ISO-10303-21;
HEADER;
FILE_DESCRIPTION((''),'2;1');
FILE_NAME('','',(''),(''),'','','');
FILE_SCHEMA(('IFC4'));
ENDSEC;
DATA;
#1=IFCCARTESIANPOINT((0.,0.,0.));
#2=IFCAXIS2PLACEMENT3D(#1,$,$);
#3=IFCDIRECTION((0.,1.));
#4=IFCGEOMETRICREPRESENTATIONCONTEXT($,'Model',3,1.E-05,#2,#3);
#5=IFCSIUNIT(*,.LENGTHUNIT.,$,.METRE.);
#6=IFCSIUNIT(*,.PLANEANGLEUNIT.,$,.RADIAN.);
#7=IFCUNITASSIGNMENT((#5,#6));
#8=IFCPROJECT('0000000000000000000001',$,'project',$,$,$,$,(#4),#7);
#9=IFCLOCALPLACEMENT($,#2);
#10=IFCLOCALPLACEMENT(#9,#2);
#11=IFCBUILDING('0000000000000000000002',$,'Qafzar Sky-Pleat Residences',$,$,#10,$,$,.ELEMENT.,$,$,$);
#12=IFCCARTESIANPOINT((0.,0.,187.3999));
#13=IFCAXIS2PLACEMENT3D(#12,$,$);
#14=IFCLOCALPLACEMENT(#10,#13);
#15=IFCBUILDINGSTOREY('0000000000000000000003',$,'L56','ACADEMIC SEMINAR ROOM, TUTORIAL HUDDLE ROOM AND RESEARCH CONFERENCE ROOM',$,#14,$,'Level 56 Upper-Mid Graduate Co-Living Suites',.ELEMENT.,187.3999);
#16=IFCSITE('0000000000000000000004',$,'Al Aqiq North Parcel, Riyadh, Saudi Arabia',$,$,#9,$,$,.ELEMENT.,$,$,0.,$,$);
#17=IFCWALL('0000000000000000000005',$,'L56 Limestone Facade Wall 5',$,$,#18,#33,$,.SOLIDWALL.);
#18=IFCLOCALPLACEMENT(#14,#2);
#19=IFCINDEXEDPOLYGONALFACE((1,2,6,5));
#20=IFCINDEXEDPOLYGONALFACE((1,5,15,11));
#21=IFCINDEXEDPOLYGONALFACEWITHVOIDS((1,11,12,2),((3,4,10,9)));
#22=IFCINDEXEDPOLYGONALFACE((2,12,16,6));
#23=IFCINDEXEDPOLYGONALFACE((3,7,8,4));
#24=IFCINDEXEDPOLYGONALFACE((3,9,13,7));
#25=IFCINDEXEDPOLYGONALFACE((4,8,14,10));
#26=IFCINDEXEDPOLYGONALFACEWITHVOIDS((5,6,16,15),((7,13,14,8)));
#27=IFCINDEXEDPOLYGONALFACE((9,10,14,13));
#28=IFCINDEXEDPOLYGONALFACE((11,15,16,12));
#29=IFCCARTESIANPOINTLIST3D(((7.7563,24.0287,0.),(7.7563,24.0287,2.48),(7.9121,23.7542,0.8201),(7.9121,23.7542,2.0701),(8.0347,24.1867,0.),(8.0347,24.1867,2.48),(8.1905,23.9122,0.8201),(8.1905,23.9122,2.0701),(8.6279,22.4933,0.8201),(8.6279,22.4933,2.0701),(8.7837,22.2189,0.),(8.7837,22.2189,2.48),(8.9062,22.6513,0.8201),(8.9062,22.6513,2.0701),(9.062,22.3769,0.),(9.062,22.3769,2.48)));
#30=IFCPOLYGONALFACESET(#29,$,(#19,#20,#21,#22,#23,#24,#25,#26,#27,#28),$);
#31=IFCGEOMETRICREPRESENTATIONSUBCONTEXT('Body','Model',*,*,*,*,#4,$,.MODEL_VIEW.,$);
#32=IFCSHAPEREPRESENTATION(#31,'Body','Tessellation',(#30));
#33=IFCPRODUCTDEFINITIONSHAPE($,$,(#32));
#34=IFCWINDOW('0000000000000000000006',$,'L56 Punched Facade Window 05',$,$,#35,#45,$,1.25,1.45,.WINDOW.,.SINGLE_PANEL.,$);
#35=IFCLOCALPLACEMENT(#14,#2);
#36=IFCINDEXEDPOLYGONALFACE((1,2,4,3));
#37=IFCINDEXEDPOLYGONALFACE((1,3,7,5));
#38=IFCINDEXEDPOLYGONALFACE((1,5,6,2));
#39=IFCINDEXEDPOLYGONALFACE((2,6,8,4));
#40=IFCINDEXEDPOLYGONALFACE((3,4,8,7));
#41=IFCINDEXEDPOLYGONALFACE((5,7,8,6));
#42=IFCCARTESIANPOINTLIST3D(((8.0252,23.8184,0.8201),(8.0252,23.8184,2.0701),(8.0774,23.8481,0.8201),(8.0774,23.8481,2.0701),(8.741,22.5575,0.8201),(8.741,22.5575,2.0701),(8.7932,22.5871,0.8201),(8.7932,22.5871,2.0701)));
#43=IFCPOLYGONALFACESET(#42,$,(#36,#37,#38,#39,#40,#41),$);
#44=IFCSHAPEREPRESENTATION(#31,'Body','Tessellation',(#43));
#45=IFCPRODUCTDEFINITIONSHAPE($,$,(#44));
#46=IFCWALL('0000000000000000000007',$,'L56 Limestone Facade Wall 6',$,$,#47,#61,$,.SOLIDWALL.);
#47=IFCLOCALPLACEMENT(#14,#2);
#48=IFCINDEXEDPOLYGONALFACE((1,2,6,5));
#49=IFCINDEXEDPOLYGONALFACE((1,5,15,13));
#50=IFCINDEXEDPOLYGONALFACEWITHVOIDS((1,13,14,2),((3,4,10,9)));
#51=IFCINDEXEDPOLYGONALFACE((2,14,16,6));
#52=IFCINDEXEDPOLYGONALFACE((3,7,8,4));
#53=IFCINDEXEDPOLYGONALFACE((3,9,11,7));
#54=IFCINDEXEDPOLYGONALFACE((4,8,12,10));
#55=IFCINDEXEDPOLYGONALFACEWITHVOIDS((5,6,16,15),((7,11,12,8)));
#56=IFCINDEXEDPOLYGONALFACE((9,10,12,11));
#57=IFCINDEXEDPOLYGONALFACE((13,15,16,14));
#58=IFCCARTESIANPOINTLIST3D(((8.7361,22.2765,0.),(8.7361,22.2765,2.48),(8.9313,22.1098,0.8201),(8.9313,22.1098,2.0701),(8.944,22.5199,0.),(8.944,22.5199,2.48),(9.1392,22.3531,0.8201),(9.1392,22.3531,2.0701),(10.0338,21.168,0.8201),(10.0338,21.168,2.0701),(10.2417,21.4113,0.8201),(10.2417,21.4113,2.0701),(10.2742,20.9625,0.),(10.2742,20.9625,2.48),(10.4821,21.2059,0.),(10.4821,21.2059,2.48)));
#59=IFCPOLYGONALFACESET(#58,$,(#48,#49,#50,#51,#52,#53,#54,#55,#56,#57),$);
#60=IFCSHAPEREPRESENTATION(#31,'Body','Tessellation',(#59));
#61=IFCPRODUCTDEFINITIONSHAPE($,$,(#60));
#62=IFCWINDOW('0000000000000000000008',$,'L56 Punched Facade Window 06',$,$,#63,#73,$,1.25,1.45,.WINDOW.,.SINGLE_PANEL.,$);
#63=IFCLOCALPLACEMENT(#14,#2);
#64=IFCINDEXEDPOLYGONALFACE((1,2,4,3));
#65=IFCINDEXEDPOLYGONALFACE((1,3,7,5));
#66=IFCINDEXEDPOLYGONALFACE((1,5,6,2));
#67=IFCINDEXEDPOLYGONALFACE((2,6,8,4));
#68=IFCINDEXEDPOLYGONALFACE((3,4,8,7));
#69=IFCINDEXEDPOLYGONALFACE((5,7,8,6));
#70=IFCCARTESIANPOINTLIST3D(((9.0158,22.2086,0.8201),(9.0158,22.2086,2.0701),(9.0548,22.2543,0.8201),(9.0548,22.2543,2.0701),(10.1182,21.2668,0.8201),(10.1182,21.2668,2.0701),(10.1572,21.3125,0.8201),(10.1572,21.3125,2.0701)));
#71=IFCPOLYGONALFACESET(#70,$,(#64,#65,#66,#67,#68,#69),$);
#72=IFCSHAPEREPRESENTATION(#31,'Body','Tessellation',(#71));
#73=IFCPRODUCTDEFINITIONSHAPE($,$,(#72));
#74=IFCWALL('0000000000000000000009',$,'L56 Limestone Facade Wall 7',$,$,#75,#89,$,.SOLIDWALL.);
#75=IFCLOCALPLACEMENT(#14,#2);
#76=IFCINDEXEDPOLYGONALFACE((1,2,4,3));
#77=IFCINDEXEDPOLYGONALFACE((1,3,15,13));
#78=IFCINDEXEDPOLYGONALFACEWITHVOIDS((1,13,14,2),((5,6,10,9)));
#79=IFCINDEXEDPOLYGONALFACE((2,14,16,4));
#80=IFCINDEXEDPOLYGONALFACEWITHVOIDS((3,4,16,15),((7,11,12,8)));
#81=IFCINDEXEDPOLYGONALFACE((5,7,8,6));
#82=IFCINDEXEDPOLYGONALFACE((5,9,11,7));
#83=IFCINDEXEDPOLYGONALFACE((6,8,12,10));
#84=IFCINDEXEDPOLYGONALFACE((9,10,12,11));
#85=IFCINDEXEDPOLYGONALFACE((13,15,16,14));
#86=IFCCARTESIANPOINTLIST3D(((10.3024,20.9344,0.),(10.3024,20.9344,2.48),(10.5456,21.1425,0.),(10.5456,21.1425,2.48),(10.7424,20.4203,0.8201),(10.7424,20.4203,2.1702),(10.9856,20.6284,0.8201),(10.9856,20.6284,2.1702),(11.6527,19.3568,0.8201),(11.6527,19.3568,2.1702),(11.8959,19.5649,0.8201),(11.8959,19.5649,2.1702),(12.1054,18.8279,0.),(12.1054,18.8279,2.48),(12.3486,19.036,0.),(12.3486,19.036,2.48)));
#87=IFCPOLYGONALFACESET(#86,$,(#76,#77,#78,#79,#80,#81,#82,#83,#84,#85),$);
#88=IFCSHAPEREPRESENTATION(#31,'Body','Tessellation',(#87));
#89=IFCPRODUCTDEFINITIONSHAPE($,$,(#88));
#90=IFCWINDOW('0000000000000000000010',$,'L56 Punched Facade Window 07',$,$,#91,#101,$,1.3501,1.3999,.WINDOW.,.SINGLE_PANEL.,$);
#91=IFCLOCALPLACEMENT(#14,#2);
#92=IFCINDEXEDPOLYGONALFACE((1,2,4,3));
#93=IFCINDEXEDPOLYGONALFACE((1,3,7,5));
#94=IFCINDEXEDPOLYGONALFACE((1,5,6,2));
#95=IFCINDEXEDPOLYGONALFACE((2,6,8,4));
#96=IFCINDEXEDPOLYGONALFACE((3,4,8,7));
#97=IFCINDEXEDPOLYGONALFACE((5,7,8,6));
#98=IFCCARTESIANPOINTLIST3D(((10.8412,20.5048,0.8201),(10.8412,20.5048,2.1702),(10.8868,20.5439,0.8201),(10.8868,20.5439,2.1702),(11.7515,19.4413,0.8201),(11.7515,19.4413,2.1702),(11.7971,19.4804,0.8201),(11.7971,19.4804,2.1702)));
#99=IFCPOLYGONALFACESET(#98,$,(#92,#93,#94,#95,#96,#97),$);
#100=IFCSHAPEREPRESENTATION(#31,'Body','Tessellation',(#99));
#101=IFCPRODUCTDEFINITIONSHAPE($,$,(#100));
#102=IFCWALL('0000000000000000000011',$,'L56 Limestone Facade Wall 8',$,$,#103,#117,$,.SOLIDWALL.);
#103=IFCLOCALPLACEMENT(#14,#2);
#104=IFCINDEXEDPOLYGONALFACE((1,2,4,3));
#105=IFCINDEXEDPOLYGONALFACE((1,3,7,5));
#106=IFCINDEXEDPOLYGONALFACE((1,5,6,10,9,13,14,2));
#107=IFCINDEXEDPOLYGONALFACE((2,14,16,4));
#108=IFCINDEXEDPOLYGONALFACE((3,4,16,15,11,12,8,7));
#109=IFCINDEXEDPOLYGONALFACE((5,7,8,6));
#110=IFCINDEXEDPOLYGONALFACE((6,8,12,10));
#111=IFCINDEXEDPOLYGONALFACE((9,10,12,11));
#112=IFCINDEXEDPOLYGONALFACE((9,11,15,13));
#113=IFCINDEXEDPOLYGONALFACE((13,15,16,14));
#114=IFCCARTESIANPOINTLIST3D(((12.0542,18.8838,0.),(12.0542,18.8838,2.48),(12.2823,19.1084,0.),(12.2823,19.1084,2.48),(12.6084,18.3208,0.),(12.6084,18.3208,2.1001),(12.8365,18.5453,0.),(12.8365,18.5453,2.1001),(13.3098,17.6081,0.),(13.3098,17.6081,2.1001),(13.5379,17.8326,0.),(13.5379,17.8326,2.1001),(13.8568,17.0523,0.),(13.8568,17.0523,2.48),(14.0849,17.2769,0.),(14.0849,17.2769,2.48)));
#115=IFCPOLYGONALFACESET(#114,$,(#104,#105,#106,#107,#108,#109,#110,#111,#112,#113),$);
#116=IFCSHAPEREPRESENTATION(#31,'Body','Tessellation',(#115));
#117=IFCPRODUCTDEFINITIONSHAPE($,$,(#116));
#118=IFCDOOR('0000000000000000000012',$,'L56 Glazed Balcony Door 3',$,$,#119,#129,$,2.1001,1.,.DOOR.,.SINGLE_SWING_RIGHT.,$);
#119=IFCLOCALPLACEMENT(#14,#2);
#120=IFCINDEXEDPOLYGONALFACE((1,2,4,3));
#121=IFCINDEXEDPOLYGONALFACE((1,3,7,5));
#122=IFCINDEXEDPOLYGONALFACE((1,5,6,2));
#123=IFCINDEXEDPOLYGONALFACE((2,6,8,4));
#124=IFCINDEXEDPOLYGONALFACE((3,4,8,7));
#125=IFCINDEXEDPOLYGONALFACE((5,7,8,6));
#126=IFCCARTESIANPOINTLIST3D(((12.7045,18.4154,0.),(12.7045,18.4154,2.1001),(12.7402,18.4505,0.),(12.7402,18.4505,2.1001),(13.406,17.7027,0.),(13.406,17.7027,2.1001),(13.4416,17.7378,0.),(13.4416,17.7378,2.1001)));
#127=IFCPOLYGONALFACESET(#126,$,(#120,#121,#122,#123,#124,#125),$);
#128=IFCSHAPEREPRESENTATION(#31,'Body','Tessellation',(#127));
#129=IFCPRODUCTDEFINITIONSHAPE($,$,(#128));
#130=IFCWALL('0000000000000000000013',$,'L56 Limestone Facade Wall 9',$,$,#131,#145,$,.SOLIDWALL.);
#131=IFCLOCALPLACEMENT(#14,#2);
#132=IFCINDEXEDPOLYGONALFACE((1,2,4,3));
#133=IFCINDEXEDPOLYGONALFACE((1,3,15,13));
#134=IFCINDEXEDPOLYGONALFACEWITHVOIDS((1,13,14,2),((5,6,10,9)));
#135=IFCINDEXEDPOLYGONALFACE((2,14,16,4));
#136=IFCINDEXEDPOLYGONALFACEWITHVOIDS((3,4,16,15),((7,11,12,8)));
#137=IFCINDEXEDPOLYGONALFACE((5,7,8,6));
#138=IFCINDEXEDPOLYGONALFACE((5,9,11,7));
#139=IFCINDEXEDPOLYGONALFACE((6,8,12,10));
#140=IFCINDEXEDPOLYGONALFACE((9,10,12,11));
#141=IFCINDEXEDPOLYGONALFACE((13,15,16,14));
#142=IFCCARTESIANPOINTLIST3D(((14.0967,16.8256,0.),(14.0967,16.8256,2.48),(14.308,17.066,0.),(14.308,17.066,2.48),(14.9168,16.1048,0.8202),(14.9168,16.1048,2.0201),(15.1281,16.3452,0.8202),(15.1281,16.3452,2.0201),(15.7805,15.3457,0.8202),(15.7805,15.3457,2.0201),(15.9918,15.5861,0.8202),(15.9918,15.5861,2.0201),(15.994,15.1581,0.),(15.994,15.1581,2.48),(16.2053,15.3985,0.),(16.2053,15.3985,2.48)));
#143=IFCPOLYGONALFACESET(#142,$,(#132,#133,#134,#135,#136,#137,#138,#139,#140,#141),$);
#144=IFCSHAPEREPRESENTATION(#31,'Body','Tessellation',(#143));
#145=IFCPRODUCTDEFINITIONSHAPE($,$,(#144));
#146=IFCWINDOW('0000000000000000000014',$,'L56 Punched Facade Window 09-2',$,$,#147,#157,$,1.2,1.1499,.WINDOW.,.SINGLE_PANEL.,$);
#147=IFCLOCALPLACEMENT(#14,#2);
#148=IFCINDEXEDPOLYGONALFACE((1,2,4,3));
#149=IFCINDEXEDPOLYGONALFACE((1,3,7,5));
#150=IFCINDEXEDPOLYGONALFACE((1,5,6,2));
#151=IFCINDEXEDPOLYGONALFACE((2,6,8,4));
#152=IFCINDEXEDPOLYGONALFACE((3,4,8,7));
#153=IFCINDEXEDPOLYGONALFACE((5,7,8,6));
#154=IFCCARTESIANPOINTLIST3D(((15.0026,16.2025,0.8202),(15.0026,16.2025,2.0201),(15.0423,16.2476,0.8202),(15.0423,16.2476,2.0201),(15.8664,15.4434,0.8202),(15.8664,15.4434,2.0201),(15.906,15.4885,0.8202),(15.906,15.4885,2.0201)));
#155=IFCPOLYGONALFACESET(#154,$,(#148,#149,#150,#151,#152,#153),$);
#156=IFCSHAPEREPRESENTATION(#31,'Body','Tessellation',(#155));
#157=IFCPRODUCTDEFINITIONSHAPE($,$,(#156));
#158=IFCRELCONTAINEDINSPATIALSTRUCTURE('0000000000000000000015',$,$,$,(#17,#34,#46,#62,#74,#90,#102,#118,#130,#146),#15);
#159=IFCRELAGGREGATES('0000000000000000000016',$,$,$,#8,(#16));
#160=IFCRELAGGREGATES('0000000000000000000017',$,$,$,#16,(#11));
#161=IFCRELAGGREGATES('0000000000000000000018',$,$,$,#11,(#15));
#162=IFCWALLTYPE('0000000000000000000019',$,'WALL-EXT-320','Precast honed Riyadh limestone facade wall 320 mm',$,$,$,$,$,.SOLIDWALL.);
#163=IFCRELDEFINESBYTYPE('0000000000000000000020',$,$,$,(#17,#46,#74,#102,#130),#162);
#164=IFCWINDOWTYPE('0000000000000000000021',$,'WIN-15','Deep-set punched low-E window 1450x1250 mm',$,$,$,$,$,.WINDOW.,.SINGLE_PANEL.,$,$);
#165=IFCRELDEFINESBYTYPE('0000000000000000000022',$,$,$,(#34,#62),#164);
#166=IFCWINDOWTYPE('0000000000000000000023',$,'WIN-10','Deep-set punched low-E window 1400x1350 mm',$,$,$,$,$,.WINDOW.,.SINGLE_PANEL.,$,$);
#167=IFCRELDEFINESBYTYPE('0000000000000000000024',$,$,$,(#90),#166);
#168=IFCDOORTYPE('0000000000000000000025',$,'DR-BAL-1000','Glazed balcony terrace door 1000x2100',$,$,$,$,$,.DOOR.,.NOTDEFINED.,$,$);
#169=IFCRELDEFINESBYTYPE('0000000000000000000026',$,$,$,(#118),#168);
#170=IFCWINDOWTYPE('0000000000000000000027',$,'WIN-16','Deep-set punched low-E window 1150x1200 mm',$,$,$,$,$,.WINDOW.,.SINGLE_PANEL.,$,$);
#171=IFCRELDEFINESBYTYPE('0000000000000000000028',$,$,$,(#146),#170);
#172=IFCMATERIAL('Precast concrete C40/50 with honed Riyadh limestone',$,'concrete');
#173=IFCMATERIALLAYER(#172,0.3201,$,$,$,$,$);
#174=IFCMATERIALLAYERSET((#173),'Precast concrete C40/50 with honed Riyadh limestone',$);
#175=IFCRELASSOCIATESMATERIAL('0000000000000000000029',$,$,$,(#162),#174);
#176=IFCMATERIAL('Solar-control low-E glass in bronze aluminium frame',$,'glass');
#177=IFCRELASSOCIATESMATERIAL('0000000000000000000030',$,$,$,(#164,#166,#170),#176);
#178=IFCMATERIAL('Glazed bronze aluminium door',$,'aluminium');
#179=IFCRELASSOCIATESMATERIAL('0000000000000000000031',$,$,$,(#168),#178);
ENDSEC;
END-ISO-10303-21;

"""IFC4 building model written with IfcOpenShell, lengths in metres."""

from ifc_helpers import new_model, si_unit, direction, frame, frame_2d, origin, place, context, subcontext, project, spatial, rectangle, extrude, source, transform, mapped, material, layer, layer_set, type_object, element, fill, save


model = new_model("IFC4")

# Units and contexts
model_context = context("Model", 3, precision=1e-05, world=origin(), true_north=direction((0.0, 1.0)))
body_context = subcontext(model_context, "Body", "Model", "MODEL_VIEW")
ifc_project = project(units=[si_unit("LENGTHUNIT", "METRE"), si_unit("PLANEANGLEUNIT", "RADIAN")], contexts=[model_context])

# Site, building, storey
site_placement = place(None, origin())
site = spatial("IfcSite", under=ifc_project, at=site_placement, Name="Al Aqiq North Parcel, Riyadh, Saudi Arabia", CompositionType="ELEMENT", RefElevation=0.0)
building_placement = place(site_placement, origin())
building = spatial("IfcBuilding", under=site, at=building_placement, Name="Qafzar Sky-Pleat Residences", CompositionType="ELEMENT")
storey_placement = place(building_placement, frame((0.0, 0.0, 187.3999)))
storey = spatial("IfcBuildingStorey", under=building, at=storey_placement, Name="L56", Description="ACADEMIC SEMINAR ROOM, TUTORIAL HUDDLE ROOM AND RESEARCH CONFERENCE ROOM", LongName="Level 56 Upper-Mid Graduate Co-Living Suites", CompositionType="ELEMENT", Elevation=187.3999)

# Walls, openings, windows
ifc_material_1 = material(Name="Precast concrete C40/50 with honed Riyadh limestone", Category="concrete")
ifc_layer_1 = layer(ifc_material_1, 0.3201)
ifc_layer_set_1 = layer_set([ifc_layer_1], Name="Precast concrete C40/50 with honed Riyadh limestone")
wall_type_1 = type_object("IfcWallType", Name="WALL-EXT-320", Description="Precast honed Riyadh limestone facade wall 320 mm", PredefinedType="SOLIDWALL", material=ifc_layer_set_1)
ifc_material_2 = material(Name="Solar-control low-E glass in bronze aluminium frame", Category="glass")
wall_1_placement = place(storey_placement, frame((7.8955, 24.1077, 0.0), z_axis=(0.0, 0.0, 1.0), x_axis=(0.493661, -0.869655, 0.0)))
wall_1 = element("IfcWall", 1, at=wall_1_placement, inside=storey, type_object=wall_type_1, Name="L56 Limestone Facade Wall 5", PredefinedType="SOLIDWALL", context=body_context, shape_type="SweptSolid", body=[
    extrude(rectangle(XDim=2.0811, YDim=0.3201, at=frame_2d((1.0405, 0.0))), origin(), (0.0, 0.0, 1.0), 2.48),
])
opening_1_placement = place(wall_1_placement, frame((0.3154, 0.0, 0.8201)))
opening_1 = element("IfcOpeningElement", 2, at=opening_1_placement, cuts=wall_1, PredefinedType="OPENING", context=body_context, shape_type="SweptSolid", body=[
    extrude(rectangle(XDim=1.45, YDim=1.25, at=frame_2d((0.7251, 0.625))), frame((0.0, 0.1699, 0.0), z_axis=(0.0, -1.0, 0.0), x_axis=(1.0, 0.0, 0.0)), (0.0, 0.0, 1.0), 0.3401),
])
window_type_1 = type_object("IfcWindowType", Name="WIN-15", Description="Deep-set punched low-E window 1450x1250 mm", PartitioningType="SINGLE_PANEL", PredefinedType="WINDOW", material=ifc_material_2)
shared_shape_1 = source(origin(), body_context, "Body", "SweptSolid", [
    extrude(rectangle(XDim=1.45, YDim=1.25, at=frame_2d((0.7251, 0.625))), frame((0.0, 0.03, 0.0), z_axis=(0.0, -1.0, 0.0), x_axis=(1.0, 0.0, 0.0)), (0.0, 0.0, 1.0), 0.0601),
])
window_1_placement = place(opening_1_placement, origin())
window_1 = element("IfcWindow", 3, at=window_1_placement, inside=storey, type_object=window_type_1, Name="L56 Punched Facade Window 05", OverallHeight=1.25, OverallWidth=1.45, PartitioningType="SINGLE_PANEL", PredefinedType="WINDOW", context=body_context, shape_type="MappedRepresentation", body=[
    mapped(shared_shape_1, transform((0.0, 0.0, 0.0), x_axis=(1.0, 0.0, 0.0), y_axis=(0.0, 1.0, 0.0), z_axis=(0.0, 0.0, 1.0), scale=1.0)),
])
fill(opening_1, window_1)
wall_2_placement = place(storey_placement, frame((8.8401, 22.3982, 0.0), z_axis=(0.0, 0.0, 1.0), x_axis=(0.760329, -0.649538, 0.0)))
wall_2 = element("IfcWall", 4, at=wall_2_placement, inside=storey, type_object=wall_type_1, Name="L56 Limestone Facade Wall 6", PredefinedType="SOLIDWALL", context=body_context, shape_type="SweptSolid", body=[
    extrude(rectangle(XDim=2.0229, YDim=0.3201, at=frame_2d((1.0115, 0.0))), origin(), (0.0, 0.0, 1.0), 2.48),
])
opening_2_placement = place(wall_2_placement, frame((0.2566, 0.0, 0.8201)))
opening_2 = element("IfcOpeningElement", 5, at=opening_2_placement, cuts=wall_2, PredefinedType="OPENING", context=body_context, shape_type="SweptSolid", body=[
    extrude(rectangle(XDim=1.45, YDim=1.25, at=frame_2d((0.7251, 0.625))), frame((0.0, 0.1699, 0.0), z_axis=(0.0, -1.0, 0.0), x_axis=(1.0, 0.0, 0.0)), (0.0, 0.0, 1.0), 0.3401),
])
window_2_placement = place(opening_2_placement, origin())
window_2 = element("IfcWindow", 6, at=window_2_placement, inside=storey, type_object=window_type_1, Name="L56 Punched Facade Window 06", OverallHeight=1.25, OverallWidth=1.45, PartitioningType="SINGLE_PANEL", PredefinedType="WINDOW", context=body_context, shape_type="MappedRepresentation", body=[
    mapped(shared_shape_1, transform((0.0, 0.0, 0.0), x_axis=(1.0, 0.0, 0.0), y_axis=(0.0, 1.0, 0.0), z_axis=(0.0, 0.0, 1.0), scale=1.0)),
])
fill(opening_2, window_2)
wall_3_placement = place(storey_placement, frame((10.4241, 21.0383, 0.0), z_axis=(0.0, 0.0, 1.0), x_axis=(0.650262, -0.75971, 0.0)))
wall_3 = element("IfcWall", 7, at=wall_3_placement, inside=storey, type_object=wall_type_1, Name="L56 Limestone Facade Wall 7", PredefinedType="SOLIDWALL", context=body_context, shape_type="SweptSolid", body=[
    extrude(rectangle(XDim=2.7727, YDim=0.3201, at=frame_2d((1.3862, 0.0))), origin(), (0.0, 0.0, 1.0), 2.48),
])
opening_3_placement = place(wall_3_placement, frame((0.6765, 0.0, 0.8201)))
opening_3 = element("IfcOpeningElement", 8, at=opening_3_placement, cuts=wall_3, PredefinedType="OPENING", context=body_context, shape_type="SweptSolid", body=[
    extrude(rectangle(XDim=1.3999, YDim=1.3501, at=frame_2d((0.7, 0.675))), frame((0.0, 0.1699, 0.0), z_axis=(0.0, -1.0, 0.0), x_axis=(1.0, 0.0, 0.0)), (0.0, 0.0, 1.0), 0.3401),
])
window_type_2 = type_object("IfcWindowType", Name="WIN-10", Description="Deep-set punched low-E window 1400x1350 mm", PartitioningType="SINGLE_PANEL", PredefinedType="WINDOW", material=ifc_material_2)
shared_shape_2 = source(origin(), body_context, "Body", "SweptSolid", [
    extrude(rectangle(XDim=1.3999, YDim=1.3501, at=frame_2d((0.7, 0.675))), frame((0.0, 0.03, 0.0), z_axis=(0.0, -1.0, 0.0), x_axis=(1.0, 0.0, 0.0)), (0.0, 0.0, 1.0), 0.0601),
])
window_3_placement = place(opening_3_placement, origin())
window_3 = element("IfcWindow", 9, at=window_3_placement, inside=storey, type_object=window_type_2, Name="L56 Punched Facade Window 07", OverallHeight=1.3501, OverallWidth=1.3999, PartitioningType="SINGLE_PANEL", PredefinedType="WINDOW", context=body_context, shape_type="MappedRepresentation", body=[
    mapped(shared_shape_2, transform((0.0, 0.0, 0.0), x_axis=(1.0, 0.0, 0.0), y_axis=(0.0, 1.0, 0.0), z_axis=(0.0, 0.0, 1.0), scale=1.0)),
])
fill(opening_3, window_3)

# Wall, opening, door
wall_4_placement = place(storey_placement, frame((12.1682, 18.9961, 0.0), z_axis=(0.0, 0.0, 1.0), x_axis=(0.70148, -0.71269, 0.0)))
wall_4 = element("IfcWall", 10, at=wall_4_placement, inside=storey, type_object=wall_type_1, Name="L56 Limestone Facade Wall 8", PredefinedType="SOLIDWALL", context=body_context, shape_type="SweptSolid", body=[
    extrude(rectangle(XDim=2.5698, YDim=0.3201, at=frame_2d((1.2849, 0.0))), origin(), (0.0, 0.0, 1.0), 2.48),
])
opening_4_placement = place(wall_4_placement, frame((0.79, 0.0, 0.0)))
opening_4 = element("IfcOpeningElement", 11, at=opening_4_placement, cuts=wall_4, PredefinedType="OPENING", context=body_context, shape_type="SweptSolid", body=[
    extrude(rectangle(XDim=1.0, YDim=2.1001, at=frame_2d((0.5, 1.05))), frame((0.0, 0.1699, 0.0), z_axis=(0.0, -1.0, 0.0), x_axis=(1.0, 0.0, 0.0)), (0.0, 0.0, 1.0), 0.3401),
])
ifc_material_3 = material(Name="Glazed bronze aluminium door", Category="aluminium")
door_type = type_object("IfcDoorType", Name="DR-BAL-1000", Description="Glazed balcony terrace door 1000x2100", OperationType="NOTDEFINED", PredefinedType="DOOR", material=ifc_material_3)
shared_shape_3 = source(origin(), body_context, "Body", "SweptSolid", [
    extrude(rectangle(XDim=1.0, YDim=2.1001, at=frame_2d((0.5, 1.05))), frame((0.0, 0.0249, 0.0), z_axis=(0.0, -1.0, 0.0), x_axis=(1.0, 0.0, 0.0)), (0.0, 0.0, 1.0), 0.05),
])
door_placement = place(opening_4_placement, origin())
door = element("IfcDoor", 12, at=door_placement, inside=storey, type_object=door_type, Name="L56 Glazed Balcony Door 3", OperationType="SINGLE_SWING_RIGHT", OverallHeight=2.1001, OverallWidth=1.0, PredefinedType="DOOR", context=body_context, shape_type="MappedRepresentation", body=[
    mapped(shared_shape_3, transform((0.0, 0.0, 0.0), x_axis=(1.0, 0.0, 0.0), y_axis=(0.0, 1.0, 0.0), z_axis=(0.0, 0.0, 1.0), scale=1.0)),
])
fill(opening_4, door)

# Wall, opening, window
wall_5_placement = place(storey_placement, frame((14.2024, 16.9458, 0.0), z_axis=(0.0, 0.0, 1.0), x_axis=(0.75112, -0.660166, 0.0)))
wall_5 = element("IfcWall", 13, at=wall_5_placement, inside=storey, type_object=wall_type_1, Name="L56 Limestone Facade Wall 9", PredefinedType="SOLIDWALL", context=body_context, shape_type="SweptSolid", body=[
    extrude(rectangle(XDim=2.5259, YDim=0.3201, at=frame_2d((1.2629, 0.0))), origin(), (0.0, 0.0, 1.0), 2.48),
])
opening_5_placement = place(wall_5_placement, frame((1.0918, 0.0, 0.8201)))
opening_5 = element("IfcOpeningElement", 14, at=opening_5_placement, cuts=wall_5, PredefinedType="OPENING", context=body_context, shape_type="SweptSolid", body=[
    extrude(rectangle(XDim=1.1499, YDim=1.2, at=frame_2d((0.575, 0.6001))), frame((0.0, 0.1699, 0.0), z_axis=(0.0, -1.0, 0.0), x_axis=(1.0, 0.0, 0.0)), (0.0, 0.0, 1.0), 0.3401),
])
window_type_3 = type_object("IfcWindowType", Name="WIN-16", Description="Deep-set punched low-E window 1150x1200 mm", PartitioningType="SINGLE_PANEL", PredefinedType="WINDOW", material=ifc_material_2)
shared_shape_4 = source(origin(), body_context, "Body", "SweptSolid", [
    extrude(rectangle(XDim=1.1499, YDim=1.2, at=frame_2d((0.575, 0.6001))), frame((0.0, 0.03, 0.0), z_axis=(0.0, -1.0, 0.0), x_axis=(1.0, 0.0, 0.0)), (0.0, 0.0, 1.0), 0.0601),
])
window_4_placement = place(opening_5_placement, origin())
window_4 = element("IfcWindow", 15, at=window_4_placement, inside=storey, type_object=window_type_3, Name="L56 Punched Facade Window 09-2", OverallHeight=1.2, OverallWidth=1.1499, PartitioningType="SINGLE_PANEL", PredefinedType="WINDOW", context=body_context, shape_type="MappedRepresentation", body=[
    mapped(shared_shape_4, transform((0.0, 0.0, 0.0), x_axis=(1.0, 0.0, 0.0), y_axis=(0.0, 1.0, 0.0), z_axis=(0.0, 0.0, 1.0), scale=1.0)),
])
fill(opening_5, window_4)

save(model, "model.ifc")
